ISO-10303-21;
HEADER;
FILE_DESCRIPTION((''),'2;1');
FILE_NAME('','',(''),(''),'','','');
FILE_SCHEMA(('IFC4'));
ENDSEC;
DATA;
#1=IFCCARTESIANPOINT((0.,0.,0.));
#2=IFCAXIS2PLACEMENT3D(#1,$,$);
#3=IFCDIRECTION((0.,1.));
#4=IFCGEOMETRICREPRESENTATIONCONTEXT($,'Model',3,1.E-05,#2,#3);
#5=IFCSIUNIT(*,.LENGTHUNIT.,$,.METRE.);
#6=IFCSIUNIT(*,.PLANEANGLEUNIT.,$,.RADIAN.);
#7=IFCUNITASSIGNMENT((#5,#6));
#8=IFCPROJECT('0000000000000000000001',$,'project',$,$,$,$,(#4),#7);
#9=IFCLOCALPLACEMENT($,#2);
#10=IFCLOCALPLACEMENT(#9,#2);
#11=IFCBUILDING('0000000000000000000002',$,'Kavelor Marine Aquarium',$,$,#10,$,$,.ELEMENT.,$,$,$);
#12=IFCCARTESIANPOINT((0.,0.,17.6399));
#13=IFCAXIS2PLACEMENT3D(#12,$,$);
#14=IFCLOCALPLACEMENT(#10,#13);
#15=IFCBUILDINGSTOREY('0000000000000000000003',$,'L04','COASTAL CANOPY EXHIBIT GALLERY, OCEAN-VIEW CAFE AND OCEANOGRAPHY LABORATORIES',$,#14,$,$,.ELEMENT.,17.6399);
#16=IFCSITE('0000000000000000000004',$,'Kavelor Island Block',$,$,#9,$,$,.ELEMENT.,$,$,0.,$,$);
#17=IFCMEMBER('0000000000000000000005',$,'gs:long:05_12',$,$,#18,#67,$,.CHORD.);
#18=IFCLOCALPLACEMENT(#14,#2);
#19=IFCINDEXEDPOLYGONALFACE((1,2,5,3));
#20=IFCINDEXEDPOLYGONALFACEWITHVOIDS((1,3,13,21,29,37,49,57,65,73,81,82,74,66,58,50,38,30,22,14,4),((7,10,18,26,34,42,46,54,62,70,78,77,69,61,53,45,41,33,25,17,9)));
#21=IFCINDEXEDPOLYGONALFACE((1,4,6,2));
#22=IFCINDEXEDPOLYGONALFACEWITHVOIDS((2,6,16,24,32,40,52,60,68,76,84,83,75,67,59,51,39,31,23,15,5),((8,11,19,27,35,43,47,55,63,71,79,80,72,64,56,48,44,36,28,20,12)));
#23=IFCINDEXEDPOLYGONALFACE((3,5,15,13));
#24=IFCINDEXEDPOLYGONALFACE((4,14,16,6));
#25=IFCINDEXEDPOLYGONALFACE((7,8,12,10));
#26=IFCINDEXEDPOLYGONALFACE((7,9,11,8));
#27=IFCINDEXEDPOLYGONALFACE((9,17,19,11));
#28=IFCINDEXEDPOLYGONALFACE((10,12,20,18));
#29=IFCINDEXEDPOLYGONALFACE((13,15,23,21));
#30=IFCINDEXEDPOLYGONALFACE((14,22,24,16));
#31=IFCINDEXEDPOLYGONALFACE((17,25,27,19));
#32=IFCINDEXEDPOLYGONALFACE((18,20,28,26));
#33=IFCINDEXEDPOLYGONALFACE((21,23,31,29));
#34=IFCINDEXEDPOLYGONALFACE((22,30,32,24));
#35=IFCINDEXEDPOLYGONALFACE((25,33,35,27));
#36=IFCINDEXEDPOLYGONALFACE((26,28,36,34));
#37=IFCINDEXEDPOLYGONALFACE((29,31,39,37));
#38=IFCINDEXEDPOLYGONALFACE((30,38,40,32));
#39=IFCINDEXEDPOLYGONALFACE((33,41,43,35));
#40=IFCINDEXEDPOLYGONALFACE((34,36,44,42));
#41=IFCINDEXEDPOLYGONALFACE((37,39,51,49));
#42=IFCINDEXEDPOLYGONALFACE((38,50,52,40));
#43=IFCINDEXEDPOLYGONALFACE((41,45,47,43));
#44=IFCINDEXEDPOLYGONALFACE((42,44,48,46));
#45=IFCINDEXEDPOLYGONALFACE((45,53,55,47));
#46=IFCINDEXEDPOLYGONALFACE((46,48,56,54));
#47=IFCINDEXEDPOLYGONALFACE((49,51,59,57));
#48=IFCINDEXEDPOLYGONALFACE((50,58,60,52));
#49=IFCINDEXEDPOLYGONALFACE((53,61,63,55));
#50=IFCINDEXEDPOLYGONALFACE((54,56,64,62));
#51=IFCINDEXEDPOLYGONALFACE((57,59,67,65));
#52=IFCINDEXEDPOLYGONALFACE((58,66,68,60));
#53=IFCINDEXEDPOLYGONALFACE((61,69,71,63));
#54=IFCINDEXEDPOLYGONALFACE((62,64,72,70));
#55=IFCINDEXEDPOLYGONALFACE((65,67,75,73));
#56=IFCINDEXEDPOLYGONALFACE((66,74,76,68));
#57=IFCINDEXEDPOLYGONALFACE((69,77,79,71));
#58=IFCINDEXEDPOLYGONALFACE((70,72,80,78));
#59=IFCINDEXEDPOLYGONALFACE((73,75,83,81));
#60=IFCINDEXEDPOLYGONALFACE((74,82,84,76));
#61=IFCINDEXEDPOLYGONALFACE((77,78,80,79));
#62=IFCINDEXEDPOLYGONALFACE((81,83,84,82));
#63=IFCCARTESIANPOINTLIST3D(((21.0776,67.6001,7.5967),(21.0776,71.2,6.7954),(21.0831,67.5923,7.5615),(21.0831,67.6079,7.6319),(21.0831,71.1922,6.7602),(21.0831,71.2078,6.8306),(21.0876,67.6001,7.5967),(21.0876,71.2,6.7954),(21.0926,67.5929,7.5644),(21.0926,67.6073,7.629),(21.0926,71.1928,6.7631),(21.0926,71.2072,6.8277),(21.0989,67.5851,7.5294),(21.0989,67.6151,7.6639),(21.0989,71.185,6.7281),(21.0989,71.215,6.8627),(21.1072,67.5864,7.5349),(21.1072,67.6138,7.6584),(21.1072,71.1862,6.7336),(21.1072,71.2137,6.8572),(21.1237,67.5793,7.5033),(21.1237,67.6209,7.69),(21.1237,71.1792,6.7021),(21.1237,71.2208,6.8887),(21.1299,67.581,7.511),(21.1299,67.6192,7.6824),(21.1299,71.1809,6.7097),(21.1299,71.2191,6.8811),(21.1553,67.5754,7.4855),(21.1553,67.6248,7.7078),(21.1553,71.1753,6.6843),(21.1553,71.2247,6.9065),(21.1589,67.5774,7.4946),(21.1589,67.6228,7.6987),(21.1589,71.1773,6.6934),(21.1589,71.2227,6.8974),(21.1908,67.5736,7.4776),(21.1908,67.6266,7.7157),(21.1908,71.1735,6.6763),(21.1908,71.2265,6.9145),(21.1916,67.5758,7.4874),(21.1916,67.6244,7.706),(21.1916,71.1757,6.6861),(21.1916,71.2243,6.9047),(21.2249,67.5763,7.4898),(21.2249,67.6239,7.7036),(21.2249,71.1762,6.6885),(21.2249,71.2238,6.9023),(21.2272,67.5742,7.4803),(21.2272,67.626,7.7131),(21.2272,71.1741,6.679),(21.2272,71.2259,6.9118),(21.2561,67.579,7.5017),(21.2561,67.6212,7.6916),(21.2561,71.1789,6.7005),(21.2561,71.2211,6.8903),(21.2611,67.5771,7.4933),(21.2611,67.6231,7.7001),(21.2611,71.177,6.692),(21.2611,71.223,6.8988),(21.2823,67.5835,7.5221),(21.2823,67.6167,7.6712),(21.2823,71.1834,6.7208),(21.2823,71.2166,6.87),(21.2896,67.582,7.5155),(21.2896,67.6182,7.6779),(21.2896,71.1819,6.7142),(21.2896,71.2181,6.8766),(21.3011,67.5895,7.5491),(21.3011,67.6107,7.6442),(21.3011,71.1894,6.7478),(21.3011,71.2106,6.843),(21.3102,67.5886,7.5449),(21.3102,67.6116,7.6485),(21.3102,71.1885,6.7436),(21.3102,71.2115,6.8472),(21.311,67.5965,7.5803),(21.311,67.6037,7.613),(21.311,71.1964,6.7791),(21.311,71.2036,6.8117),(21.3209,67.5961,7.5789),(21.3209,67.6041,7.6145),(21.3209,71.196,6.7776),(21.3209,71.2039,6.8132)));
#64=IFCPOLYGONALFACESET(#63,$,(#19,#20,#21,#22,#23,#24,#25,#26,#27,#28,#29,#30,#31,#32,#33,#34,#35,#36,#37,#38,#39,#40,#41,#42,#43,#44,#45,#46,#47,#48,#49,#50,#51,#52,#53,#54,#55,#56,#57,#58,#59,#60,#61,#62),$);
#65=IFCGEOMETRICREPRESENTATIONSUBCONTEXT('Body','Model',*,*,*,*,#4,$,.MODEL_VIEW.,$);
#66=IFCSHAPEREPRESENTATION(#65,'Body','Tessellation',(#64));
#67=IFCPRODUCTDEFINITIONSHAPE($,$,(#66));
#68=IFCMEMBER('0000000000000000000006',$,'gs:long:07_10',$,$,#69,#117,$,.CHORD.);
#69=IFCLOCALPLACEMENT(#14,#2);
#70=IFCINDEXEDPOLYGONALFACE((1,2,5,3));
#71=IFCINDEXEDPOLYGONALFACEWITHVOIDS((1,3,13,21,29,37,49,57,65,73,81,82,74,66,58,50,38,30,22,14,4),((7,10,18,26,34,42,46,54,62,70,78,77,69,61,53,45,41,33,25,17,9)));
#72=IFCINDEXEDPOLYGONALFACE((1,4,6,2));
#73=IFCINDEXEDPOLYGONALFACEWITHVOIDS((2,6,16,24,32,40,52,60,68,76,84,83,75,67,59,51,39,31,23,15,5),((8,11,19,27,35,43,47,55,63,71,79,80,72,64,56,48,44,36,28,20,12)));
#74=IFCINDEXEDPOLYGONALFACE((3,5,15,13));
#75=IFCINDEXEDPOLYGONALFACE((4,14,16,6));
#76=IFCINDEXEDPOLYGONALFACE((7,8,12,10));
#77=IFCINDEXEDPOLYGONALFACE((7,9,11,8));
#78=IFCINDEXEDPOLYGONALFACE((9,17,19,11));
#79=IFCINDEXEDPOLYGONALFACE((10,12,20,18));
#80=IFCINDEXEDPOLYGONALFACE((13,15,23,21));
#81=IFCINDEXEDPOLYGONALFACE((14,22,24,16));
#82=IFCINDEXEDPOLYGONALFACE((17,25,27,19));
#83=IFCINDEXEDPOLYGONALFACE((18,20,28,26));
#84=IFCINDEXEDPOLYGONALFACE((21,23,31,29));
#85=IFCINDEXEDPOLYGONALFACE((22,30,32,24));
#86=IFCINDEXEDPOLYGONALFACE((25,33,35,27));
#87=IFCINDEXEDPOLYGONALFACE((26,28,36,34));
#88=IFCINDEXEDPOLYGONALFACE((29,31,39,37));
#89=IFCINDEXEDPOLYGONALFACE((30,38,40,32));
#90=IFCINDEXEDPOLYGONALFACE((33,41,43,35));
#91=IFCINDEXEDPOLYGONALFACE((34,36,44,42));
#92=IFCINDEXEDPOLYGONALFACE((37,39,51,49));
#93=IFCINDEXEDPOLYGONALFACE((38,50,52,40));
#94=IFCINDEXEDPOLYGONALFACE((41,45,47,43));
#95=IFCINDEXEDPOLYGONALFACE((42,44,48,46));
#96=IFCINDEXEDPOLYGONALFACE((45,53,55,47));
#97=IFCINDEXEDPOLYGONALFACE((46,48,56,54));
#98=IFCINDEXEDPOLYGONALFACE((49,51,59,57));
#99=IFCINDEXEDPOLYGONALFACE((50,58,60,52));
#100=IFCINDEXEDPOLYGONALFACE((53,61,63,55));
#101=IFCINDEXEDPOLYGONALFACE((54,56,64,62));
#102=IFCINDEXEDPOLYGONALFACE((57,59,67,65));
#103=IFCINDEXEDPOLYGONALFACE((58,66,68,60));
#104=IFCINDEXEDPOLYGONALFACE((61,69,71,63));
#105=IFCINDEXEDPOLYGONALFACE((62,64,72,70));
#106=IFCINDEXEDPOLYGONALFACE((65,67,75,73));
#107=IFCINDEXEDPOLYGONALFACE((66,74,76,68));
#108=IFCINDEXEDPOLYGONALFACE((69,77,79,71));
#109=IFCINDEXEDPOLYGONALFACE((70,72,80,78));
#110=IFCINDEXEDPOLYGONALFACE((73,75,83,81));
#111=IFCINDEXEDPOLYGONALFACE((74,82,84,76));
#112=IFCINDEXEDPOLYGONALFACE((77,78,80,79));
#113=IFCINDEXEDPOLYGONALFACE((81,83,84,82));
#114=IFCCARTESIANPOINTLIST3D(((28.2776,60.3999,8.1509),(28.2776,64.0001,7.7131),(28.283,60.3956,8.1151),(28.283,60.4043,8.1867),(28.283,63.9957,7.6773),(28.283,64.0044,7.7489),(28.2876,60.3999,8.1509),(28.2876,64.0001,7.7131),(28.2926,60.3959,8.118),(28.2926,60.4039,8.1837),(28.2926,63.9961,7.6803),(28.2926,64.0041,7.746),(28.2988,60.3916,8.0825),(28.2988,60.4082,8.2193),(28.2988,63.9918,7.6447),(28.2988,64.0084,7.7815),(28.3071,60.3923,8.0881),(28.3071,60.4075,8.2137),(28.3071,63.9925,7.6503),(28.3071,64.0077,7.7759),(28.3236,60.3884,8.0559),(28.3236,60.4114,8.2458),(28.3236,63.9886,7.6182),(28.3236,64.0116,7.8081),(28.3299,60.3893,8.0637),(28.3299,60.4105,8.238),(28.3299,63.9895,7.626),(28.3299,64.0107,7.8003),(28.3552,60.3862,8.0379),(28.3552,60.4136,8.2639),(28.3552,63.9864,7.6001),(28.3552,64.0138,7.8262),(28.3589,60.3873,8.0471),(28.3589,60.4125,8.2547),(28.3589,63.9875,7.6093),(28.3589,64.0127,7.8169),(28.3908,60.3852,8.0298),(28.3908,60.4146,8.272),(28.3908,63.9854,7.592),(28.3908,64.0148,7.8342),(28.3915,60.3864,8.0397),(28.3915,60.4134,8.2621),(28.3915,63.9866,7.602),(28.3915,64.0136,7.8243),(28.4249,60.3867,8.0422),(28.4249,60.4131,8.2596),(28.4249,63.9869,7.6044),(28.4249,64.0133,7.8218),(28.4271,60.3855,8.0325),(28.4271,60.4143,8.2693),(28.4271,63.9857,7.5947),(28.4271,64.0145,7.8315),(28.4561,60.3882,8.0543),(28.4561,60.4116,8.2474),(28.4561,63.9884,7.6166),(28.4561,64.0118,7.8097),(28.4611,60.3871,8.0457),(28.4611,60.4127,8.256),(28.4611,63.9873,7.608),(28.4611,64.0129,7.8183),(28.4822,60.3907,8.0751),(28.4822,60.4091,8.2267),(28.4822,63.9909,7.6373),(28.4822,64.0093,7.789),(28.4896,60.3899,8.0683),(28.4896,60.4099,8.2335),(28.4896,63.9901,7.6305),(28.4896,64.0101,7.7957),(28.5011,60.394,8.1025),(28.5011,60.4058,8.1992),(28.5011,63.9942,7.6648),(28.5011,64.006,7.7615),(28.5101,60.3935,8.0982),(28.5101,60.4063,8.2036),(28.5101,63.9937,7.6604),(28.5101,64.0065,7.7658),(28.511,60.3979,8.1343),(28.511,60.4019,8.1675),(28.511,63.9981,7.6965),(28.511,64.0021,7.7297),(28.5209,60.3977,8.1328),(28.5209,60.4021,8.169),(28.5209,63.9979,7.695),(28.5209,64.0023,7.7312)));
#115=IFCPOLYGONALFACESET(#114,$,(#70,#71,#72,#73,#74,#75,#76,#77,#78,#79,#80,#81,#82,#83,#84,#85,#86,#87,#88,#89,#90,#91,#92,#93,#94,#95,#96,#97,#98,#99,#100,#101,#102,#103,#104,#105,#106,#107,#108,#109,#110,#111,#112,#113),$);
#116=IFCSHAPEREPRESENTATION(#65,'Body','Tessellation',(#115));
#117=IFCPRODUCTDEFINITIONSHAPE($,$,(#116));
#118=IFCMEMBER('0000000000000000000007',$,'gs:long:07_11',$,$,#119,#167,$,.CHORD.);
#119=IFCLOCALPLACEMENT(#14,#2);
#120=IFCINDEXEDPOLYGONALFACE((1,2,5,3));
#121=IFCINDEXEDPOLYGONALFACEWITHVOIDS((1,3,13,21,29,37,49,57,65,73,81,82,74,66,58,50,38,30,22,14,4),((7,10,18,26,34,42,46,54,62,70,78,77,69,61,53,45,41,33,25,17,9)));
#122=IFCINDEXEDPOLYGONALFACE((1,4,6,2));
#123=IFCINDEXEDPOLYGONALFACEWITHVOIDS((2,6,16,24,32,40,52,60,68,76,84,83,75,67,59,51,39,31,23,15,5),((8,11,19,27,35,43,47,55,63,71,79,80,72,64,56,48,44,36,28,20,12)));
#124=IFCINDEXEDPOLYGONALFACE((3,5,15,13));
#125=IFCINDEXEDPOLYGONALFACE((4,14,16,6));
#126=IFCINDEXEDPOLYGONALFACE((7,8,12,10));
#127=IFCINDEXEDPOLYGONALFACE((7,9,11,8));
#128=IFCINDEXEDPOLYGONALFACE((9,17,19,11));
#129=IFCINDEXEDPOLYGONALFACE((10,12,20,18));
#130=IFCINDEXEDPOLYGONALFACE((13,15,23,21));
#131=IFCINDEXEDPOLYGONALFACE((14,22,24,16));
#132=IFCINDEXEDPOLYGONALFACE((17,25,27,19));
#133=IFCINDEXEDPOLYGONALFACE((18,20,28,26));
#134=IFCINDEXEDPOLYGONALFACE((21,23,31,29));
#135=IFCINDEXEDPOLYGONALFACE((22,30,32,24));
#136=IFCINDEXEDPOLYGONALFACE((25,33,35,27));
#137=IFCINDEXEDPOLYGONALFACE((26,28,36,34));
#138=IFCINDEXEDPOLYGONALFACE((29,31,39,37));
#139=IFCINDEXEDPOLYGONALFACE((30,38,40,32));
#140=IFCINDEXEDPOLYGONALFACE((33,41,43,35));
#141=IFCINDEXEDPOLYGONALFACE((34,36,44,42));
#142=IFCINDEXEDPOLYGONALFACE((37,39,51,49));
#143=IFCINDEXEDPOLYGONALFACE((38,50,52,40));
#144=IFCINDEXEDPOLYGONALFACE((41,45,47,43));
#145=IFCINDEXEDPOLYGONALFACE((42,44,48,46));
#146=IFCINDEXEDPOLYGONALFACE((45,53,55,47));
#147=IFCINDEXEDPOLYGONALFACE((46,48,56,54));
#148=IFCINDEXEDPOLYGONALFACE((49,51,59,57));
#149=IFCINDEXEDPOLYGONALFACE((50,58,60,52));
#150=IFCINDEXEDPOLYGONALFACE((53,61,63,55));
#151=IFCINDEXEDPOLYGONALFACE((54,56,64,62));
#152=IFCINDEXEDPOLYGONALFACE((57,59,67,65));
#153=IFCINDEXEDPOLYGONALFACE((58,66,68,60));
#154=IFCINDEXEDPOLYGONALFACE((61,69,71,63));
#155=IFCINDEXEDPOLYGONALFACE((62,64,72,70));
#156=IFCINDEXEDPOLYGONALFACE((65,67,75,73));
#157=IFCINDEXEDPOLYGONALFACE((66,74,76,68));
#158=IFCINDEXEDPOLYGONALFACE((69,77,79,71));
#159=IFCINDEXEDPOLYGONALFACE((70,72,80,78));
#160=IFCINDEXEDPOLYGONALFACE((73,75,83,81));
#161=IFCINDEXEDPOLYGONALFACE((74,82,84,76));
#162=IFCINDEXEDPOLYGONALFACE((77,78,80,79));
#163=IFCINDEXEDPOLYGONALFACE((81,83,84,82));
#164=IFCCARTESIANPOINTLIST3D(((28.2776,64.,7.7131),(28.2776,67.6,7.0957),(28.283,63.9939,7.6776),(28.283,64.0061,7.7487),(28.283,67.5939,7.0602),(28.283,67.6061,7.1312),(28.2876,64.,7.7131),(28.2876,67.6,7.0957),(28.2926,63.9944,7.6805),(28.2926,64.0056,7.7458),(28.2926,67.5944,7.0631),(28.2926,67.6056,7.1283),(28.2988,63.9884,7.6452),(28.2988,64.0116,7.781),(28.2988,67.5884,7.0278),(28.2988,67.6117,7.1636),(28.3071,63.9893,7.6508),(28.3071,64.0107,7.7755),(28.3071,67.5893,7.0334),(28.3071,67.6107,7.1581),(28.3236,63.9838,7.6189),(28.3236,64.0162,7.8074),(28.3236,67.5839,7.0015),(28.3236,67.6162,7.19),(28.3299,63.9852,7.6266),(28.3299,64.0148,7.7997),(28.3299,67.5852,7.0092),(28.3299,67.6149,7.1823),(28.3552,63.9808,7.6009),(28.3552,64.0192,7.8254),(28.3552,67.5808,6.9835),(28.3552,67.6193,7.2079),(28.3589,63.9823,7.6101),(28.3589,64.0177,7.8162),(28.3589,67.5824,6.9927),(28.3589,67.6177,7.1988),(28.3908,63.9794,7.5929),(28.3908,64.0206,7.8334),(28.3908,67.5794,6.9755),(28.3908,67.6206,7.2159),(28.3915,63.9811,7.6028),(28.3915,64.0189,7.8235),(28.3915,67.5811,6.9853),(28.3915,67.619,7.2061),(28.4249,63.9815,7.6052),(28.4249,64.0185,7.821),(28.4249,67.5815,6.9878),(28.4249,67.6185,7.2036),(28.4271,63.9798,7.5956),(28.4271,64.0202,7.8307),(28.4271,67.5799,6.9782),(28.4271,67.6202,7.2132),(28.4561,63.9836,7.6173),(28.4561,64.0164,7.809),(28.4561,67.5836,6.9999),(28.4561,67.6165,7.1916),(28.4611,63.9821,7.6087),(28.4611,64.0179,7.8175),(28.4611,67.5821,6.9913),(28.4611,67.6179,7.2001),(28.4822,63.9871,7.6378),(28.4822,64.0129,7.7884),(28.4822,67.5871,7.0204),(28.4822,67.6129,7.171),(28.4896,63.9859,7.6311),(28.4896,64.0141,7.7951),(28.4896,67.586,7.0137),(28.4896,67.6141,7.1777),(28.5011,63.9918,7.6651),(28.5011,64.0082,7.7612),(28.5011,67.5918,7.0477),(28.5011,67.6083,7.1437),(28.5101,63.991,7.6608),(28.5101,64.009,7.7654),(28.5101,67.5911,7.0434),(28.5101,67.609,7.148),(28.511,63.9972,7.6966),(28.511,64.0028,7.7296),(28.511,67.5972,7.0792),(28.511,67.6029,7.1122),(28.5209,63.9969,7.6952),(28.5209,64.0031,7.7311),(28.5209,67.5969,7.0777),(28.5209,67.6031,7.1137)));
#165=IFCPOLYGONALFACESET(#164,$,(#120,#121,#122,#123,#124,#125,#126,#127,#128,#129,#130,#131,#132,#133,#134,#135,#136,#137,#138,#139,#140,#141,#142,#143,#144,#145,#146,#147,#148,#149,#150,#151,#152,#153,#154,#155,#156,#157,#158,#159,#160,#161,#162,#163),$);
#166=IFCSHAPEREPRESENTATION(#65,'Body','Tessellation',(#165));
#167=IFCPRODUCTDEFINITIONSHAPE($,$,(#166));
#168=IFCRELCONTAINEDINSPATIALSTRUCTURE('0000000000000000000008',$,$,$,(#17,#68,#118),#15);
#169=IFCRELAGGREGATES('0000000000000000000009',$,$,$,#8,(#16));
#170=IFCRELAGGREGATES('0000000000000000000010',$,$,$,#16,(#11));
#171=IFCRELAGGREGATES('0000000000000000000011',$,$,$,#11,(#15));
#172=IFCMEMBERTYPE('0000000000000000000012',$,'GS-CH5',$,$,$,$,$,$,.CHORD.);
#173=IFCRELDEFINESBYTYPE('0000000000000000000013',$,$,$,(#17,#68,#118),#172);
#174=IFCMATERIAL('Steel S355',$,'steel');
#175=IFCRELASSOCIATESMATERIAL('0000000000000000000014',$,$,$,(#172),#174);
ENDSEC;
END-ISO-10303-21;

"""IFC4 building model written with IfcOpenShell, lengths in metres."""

from ifc_helpers import new_model, si_unit, direction, frame, origin, origin_2d, place, context, subcontext, project, spatial, hollow_circle, extrude, material, material_profile, profile_set, type_object, element, save


model = new_model("IFC4")

# Units and contexts
model_context = context("Model", 3, precision=1e-05, world=origin(), true_north=direction((0.0, 1.0)))
body_context = subcontext(model_context, "Body", "Model", "MODEL_VIEW")
ifc_project = project(units=[si_unit("LENGTHUNIT", "METRE"), si_unit("PLANEANGLEUNIT", "RADIAN")], contexts=[model_context])

# Site, building, storey
site_placement = place(None, origin())
site = spatial("IfcSite", under=ifc_project, at=site_placement, Name="Kavelor Island Block", CompositionType="ELEMENT", RefElevation=0.0)
building_placement = place(site_placement, origin())
building = spatial("IfcBuilding", under=site, at=building_placement, Name="Kavelor Marine Aquarium", CompositionType="ELEMENT")
storey_placement = place(building_placement, frame((0.0, 0.0, 17.6399)))
storey = spatial("IfcBuildingStorey", under=building, at=storey_placement, Name="L04", Description="COASTAL CANOPY EXHIBIT GALLERY, OCEAN-VIEW CAFE AND OCEANOGRAPHY LABORATORIES", CompositionType="ELEMENT", Elevation=17.6399)

# Members
ifc_material_1 = material(Name="Steel S355", Category="steel")
ifc_material_profile_1 = material_profile(ifc_material_1, hollow_circle(Radius=0.1223, WallThickness=0.01, at=origin_2d()), Name="CHS 244.5x10.0")
ifc_profile_set_1 = profile_set([ifc_material_profile_1], Name="Steel S355")
member_type_1 = type_object("IfcMemberType", Name="GS-CH5", PredefinedType="CHORD", material=ifc_profile_set_1)
member_1_placement = place(storey_placement, frame((21.2, 67.6001, 7.5967), z_axis=(0.0, 0.976112, -0.217267), x_axis=(-1.0, 0.0, 0.0)))
element("IfcMember", 1, at=member_1_placement, inside=storey, type_object=member_type_1, Name="gs:long:05_12", PredefinedType="CHORD", context=body_context, shape_type="SweptSolid", body=[
    extrude(hollow_circle(Radius=0.1223, WallThickness=0.01, at=origin_2d()), origin(), (0.0, 0.0, 1.0), 3.688),
])
member_2_placement = place(storey_placement, frame((28.3999, 60.3999, 8.1509), z_axis=(0.0, 0.992689, -0.120703), x_axis=(-1.0, 0.0, 0.0)))
element("IfcMember", 2, at=member_2_placement, inside=storey, type_object=member_type_1, Name="gs:long:07_10", PredefinedType="CHORD", context=body_context, shape_type="SweptSolid", body=[
    extrude(hollow_circle(Radius=0.1223, WallThickness=0.01, at=origin_2d()), origin(), (0.0, 0.0, 1.0), 3.6267),
])
member_3_placement = place(storey_placement, frame((28.3999, 64.0, 7.7131), z_axis=(0.0, 0.98561, -0.169036), x_axis=(-1.0, 0.0, 0.0)))
element("IfcMember", 3, at=member_3_placement, inside=storey, type_object=member_type_1, Name="gs:long:07_11", PredefinedType="CHORD", context=body_context, shape_type="SweptSolid", body=[
    extrude(hollow_circle(Radius=0.1223, WallThickness=0.01, at=origin_2d()), origin(), (0.0, 0.0, 1.0), 3.6526),
])

save(model, "model.ifc")
